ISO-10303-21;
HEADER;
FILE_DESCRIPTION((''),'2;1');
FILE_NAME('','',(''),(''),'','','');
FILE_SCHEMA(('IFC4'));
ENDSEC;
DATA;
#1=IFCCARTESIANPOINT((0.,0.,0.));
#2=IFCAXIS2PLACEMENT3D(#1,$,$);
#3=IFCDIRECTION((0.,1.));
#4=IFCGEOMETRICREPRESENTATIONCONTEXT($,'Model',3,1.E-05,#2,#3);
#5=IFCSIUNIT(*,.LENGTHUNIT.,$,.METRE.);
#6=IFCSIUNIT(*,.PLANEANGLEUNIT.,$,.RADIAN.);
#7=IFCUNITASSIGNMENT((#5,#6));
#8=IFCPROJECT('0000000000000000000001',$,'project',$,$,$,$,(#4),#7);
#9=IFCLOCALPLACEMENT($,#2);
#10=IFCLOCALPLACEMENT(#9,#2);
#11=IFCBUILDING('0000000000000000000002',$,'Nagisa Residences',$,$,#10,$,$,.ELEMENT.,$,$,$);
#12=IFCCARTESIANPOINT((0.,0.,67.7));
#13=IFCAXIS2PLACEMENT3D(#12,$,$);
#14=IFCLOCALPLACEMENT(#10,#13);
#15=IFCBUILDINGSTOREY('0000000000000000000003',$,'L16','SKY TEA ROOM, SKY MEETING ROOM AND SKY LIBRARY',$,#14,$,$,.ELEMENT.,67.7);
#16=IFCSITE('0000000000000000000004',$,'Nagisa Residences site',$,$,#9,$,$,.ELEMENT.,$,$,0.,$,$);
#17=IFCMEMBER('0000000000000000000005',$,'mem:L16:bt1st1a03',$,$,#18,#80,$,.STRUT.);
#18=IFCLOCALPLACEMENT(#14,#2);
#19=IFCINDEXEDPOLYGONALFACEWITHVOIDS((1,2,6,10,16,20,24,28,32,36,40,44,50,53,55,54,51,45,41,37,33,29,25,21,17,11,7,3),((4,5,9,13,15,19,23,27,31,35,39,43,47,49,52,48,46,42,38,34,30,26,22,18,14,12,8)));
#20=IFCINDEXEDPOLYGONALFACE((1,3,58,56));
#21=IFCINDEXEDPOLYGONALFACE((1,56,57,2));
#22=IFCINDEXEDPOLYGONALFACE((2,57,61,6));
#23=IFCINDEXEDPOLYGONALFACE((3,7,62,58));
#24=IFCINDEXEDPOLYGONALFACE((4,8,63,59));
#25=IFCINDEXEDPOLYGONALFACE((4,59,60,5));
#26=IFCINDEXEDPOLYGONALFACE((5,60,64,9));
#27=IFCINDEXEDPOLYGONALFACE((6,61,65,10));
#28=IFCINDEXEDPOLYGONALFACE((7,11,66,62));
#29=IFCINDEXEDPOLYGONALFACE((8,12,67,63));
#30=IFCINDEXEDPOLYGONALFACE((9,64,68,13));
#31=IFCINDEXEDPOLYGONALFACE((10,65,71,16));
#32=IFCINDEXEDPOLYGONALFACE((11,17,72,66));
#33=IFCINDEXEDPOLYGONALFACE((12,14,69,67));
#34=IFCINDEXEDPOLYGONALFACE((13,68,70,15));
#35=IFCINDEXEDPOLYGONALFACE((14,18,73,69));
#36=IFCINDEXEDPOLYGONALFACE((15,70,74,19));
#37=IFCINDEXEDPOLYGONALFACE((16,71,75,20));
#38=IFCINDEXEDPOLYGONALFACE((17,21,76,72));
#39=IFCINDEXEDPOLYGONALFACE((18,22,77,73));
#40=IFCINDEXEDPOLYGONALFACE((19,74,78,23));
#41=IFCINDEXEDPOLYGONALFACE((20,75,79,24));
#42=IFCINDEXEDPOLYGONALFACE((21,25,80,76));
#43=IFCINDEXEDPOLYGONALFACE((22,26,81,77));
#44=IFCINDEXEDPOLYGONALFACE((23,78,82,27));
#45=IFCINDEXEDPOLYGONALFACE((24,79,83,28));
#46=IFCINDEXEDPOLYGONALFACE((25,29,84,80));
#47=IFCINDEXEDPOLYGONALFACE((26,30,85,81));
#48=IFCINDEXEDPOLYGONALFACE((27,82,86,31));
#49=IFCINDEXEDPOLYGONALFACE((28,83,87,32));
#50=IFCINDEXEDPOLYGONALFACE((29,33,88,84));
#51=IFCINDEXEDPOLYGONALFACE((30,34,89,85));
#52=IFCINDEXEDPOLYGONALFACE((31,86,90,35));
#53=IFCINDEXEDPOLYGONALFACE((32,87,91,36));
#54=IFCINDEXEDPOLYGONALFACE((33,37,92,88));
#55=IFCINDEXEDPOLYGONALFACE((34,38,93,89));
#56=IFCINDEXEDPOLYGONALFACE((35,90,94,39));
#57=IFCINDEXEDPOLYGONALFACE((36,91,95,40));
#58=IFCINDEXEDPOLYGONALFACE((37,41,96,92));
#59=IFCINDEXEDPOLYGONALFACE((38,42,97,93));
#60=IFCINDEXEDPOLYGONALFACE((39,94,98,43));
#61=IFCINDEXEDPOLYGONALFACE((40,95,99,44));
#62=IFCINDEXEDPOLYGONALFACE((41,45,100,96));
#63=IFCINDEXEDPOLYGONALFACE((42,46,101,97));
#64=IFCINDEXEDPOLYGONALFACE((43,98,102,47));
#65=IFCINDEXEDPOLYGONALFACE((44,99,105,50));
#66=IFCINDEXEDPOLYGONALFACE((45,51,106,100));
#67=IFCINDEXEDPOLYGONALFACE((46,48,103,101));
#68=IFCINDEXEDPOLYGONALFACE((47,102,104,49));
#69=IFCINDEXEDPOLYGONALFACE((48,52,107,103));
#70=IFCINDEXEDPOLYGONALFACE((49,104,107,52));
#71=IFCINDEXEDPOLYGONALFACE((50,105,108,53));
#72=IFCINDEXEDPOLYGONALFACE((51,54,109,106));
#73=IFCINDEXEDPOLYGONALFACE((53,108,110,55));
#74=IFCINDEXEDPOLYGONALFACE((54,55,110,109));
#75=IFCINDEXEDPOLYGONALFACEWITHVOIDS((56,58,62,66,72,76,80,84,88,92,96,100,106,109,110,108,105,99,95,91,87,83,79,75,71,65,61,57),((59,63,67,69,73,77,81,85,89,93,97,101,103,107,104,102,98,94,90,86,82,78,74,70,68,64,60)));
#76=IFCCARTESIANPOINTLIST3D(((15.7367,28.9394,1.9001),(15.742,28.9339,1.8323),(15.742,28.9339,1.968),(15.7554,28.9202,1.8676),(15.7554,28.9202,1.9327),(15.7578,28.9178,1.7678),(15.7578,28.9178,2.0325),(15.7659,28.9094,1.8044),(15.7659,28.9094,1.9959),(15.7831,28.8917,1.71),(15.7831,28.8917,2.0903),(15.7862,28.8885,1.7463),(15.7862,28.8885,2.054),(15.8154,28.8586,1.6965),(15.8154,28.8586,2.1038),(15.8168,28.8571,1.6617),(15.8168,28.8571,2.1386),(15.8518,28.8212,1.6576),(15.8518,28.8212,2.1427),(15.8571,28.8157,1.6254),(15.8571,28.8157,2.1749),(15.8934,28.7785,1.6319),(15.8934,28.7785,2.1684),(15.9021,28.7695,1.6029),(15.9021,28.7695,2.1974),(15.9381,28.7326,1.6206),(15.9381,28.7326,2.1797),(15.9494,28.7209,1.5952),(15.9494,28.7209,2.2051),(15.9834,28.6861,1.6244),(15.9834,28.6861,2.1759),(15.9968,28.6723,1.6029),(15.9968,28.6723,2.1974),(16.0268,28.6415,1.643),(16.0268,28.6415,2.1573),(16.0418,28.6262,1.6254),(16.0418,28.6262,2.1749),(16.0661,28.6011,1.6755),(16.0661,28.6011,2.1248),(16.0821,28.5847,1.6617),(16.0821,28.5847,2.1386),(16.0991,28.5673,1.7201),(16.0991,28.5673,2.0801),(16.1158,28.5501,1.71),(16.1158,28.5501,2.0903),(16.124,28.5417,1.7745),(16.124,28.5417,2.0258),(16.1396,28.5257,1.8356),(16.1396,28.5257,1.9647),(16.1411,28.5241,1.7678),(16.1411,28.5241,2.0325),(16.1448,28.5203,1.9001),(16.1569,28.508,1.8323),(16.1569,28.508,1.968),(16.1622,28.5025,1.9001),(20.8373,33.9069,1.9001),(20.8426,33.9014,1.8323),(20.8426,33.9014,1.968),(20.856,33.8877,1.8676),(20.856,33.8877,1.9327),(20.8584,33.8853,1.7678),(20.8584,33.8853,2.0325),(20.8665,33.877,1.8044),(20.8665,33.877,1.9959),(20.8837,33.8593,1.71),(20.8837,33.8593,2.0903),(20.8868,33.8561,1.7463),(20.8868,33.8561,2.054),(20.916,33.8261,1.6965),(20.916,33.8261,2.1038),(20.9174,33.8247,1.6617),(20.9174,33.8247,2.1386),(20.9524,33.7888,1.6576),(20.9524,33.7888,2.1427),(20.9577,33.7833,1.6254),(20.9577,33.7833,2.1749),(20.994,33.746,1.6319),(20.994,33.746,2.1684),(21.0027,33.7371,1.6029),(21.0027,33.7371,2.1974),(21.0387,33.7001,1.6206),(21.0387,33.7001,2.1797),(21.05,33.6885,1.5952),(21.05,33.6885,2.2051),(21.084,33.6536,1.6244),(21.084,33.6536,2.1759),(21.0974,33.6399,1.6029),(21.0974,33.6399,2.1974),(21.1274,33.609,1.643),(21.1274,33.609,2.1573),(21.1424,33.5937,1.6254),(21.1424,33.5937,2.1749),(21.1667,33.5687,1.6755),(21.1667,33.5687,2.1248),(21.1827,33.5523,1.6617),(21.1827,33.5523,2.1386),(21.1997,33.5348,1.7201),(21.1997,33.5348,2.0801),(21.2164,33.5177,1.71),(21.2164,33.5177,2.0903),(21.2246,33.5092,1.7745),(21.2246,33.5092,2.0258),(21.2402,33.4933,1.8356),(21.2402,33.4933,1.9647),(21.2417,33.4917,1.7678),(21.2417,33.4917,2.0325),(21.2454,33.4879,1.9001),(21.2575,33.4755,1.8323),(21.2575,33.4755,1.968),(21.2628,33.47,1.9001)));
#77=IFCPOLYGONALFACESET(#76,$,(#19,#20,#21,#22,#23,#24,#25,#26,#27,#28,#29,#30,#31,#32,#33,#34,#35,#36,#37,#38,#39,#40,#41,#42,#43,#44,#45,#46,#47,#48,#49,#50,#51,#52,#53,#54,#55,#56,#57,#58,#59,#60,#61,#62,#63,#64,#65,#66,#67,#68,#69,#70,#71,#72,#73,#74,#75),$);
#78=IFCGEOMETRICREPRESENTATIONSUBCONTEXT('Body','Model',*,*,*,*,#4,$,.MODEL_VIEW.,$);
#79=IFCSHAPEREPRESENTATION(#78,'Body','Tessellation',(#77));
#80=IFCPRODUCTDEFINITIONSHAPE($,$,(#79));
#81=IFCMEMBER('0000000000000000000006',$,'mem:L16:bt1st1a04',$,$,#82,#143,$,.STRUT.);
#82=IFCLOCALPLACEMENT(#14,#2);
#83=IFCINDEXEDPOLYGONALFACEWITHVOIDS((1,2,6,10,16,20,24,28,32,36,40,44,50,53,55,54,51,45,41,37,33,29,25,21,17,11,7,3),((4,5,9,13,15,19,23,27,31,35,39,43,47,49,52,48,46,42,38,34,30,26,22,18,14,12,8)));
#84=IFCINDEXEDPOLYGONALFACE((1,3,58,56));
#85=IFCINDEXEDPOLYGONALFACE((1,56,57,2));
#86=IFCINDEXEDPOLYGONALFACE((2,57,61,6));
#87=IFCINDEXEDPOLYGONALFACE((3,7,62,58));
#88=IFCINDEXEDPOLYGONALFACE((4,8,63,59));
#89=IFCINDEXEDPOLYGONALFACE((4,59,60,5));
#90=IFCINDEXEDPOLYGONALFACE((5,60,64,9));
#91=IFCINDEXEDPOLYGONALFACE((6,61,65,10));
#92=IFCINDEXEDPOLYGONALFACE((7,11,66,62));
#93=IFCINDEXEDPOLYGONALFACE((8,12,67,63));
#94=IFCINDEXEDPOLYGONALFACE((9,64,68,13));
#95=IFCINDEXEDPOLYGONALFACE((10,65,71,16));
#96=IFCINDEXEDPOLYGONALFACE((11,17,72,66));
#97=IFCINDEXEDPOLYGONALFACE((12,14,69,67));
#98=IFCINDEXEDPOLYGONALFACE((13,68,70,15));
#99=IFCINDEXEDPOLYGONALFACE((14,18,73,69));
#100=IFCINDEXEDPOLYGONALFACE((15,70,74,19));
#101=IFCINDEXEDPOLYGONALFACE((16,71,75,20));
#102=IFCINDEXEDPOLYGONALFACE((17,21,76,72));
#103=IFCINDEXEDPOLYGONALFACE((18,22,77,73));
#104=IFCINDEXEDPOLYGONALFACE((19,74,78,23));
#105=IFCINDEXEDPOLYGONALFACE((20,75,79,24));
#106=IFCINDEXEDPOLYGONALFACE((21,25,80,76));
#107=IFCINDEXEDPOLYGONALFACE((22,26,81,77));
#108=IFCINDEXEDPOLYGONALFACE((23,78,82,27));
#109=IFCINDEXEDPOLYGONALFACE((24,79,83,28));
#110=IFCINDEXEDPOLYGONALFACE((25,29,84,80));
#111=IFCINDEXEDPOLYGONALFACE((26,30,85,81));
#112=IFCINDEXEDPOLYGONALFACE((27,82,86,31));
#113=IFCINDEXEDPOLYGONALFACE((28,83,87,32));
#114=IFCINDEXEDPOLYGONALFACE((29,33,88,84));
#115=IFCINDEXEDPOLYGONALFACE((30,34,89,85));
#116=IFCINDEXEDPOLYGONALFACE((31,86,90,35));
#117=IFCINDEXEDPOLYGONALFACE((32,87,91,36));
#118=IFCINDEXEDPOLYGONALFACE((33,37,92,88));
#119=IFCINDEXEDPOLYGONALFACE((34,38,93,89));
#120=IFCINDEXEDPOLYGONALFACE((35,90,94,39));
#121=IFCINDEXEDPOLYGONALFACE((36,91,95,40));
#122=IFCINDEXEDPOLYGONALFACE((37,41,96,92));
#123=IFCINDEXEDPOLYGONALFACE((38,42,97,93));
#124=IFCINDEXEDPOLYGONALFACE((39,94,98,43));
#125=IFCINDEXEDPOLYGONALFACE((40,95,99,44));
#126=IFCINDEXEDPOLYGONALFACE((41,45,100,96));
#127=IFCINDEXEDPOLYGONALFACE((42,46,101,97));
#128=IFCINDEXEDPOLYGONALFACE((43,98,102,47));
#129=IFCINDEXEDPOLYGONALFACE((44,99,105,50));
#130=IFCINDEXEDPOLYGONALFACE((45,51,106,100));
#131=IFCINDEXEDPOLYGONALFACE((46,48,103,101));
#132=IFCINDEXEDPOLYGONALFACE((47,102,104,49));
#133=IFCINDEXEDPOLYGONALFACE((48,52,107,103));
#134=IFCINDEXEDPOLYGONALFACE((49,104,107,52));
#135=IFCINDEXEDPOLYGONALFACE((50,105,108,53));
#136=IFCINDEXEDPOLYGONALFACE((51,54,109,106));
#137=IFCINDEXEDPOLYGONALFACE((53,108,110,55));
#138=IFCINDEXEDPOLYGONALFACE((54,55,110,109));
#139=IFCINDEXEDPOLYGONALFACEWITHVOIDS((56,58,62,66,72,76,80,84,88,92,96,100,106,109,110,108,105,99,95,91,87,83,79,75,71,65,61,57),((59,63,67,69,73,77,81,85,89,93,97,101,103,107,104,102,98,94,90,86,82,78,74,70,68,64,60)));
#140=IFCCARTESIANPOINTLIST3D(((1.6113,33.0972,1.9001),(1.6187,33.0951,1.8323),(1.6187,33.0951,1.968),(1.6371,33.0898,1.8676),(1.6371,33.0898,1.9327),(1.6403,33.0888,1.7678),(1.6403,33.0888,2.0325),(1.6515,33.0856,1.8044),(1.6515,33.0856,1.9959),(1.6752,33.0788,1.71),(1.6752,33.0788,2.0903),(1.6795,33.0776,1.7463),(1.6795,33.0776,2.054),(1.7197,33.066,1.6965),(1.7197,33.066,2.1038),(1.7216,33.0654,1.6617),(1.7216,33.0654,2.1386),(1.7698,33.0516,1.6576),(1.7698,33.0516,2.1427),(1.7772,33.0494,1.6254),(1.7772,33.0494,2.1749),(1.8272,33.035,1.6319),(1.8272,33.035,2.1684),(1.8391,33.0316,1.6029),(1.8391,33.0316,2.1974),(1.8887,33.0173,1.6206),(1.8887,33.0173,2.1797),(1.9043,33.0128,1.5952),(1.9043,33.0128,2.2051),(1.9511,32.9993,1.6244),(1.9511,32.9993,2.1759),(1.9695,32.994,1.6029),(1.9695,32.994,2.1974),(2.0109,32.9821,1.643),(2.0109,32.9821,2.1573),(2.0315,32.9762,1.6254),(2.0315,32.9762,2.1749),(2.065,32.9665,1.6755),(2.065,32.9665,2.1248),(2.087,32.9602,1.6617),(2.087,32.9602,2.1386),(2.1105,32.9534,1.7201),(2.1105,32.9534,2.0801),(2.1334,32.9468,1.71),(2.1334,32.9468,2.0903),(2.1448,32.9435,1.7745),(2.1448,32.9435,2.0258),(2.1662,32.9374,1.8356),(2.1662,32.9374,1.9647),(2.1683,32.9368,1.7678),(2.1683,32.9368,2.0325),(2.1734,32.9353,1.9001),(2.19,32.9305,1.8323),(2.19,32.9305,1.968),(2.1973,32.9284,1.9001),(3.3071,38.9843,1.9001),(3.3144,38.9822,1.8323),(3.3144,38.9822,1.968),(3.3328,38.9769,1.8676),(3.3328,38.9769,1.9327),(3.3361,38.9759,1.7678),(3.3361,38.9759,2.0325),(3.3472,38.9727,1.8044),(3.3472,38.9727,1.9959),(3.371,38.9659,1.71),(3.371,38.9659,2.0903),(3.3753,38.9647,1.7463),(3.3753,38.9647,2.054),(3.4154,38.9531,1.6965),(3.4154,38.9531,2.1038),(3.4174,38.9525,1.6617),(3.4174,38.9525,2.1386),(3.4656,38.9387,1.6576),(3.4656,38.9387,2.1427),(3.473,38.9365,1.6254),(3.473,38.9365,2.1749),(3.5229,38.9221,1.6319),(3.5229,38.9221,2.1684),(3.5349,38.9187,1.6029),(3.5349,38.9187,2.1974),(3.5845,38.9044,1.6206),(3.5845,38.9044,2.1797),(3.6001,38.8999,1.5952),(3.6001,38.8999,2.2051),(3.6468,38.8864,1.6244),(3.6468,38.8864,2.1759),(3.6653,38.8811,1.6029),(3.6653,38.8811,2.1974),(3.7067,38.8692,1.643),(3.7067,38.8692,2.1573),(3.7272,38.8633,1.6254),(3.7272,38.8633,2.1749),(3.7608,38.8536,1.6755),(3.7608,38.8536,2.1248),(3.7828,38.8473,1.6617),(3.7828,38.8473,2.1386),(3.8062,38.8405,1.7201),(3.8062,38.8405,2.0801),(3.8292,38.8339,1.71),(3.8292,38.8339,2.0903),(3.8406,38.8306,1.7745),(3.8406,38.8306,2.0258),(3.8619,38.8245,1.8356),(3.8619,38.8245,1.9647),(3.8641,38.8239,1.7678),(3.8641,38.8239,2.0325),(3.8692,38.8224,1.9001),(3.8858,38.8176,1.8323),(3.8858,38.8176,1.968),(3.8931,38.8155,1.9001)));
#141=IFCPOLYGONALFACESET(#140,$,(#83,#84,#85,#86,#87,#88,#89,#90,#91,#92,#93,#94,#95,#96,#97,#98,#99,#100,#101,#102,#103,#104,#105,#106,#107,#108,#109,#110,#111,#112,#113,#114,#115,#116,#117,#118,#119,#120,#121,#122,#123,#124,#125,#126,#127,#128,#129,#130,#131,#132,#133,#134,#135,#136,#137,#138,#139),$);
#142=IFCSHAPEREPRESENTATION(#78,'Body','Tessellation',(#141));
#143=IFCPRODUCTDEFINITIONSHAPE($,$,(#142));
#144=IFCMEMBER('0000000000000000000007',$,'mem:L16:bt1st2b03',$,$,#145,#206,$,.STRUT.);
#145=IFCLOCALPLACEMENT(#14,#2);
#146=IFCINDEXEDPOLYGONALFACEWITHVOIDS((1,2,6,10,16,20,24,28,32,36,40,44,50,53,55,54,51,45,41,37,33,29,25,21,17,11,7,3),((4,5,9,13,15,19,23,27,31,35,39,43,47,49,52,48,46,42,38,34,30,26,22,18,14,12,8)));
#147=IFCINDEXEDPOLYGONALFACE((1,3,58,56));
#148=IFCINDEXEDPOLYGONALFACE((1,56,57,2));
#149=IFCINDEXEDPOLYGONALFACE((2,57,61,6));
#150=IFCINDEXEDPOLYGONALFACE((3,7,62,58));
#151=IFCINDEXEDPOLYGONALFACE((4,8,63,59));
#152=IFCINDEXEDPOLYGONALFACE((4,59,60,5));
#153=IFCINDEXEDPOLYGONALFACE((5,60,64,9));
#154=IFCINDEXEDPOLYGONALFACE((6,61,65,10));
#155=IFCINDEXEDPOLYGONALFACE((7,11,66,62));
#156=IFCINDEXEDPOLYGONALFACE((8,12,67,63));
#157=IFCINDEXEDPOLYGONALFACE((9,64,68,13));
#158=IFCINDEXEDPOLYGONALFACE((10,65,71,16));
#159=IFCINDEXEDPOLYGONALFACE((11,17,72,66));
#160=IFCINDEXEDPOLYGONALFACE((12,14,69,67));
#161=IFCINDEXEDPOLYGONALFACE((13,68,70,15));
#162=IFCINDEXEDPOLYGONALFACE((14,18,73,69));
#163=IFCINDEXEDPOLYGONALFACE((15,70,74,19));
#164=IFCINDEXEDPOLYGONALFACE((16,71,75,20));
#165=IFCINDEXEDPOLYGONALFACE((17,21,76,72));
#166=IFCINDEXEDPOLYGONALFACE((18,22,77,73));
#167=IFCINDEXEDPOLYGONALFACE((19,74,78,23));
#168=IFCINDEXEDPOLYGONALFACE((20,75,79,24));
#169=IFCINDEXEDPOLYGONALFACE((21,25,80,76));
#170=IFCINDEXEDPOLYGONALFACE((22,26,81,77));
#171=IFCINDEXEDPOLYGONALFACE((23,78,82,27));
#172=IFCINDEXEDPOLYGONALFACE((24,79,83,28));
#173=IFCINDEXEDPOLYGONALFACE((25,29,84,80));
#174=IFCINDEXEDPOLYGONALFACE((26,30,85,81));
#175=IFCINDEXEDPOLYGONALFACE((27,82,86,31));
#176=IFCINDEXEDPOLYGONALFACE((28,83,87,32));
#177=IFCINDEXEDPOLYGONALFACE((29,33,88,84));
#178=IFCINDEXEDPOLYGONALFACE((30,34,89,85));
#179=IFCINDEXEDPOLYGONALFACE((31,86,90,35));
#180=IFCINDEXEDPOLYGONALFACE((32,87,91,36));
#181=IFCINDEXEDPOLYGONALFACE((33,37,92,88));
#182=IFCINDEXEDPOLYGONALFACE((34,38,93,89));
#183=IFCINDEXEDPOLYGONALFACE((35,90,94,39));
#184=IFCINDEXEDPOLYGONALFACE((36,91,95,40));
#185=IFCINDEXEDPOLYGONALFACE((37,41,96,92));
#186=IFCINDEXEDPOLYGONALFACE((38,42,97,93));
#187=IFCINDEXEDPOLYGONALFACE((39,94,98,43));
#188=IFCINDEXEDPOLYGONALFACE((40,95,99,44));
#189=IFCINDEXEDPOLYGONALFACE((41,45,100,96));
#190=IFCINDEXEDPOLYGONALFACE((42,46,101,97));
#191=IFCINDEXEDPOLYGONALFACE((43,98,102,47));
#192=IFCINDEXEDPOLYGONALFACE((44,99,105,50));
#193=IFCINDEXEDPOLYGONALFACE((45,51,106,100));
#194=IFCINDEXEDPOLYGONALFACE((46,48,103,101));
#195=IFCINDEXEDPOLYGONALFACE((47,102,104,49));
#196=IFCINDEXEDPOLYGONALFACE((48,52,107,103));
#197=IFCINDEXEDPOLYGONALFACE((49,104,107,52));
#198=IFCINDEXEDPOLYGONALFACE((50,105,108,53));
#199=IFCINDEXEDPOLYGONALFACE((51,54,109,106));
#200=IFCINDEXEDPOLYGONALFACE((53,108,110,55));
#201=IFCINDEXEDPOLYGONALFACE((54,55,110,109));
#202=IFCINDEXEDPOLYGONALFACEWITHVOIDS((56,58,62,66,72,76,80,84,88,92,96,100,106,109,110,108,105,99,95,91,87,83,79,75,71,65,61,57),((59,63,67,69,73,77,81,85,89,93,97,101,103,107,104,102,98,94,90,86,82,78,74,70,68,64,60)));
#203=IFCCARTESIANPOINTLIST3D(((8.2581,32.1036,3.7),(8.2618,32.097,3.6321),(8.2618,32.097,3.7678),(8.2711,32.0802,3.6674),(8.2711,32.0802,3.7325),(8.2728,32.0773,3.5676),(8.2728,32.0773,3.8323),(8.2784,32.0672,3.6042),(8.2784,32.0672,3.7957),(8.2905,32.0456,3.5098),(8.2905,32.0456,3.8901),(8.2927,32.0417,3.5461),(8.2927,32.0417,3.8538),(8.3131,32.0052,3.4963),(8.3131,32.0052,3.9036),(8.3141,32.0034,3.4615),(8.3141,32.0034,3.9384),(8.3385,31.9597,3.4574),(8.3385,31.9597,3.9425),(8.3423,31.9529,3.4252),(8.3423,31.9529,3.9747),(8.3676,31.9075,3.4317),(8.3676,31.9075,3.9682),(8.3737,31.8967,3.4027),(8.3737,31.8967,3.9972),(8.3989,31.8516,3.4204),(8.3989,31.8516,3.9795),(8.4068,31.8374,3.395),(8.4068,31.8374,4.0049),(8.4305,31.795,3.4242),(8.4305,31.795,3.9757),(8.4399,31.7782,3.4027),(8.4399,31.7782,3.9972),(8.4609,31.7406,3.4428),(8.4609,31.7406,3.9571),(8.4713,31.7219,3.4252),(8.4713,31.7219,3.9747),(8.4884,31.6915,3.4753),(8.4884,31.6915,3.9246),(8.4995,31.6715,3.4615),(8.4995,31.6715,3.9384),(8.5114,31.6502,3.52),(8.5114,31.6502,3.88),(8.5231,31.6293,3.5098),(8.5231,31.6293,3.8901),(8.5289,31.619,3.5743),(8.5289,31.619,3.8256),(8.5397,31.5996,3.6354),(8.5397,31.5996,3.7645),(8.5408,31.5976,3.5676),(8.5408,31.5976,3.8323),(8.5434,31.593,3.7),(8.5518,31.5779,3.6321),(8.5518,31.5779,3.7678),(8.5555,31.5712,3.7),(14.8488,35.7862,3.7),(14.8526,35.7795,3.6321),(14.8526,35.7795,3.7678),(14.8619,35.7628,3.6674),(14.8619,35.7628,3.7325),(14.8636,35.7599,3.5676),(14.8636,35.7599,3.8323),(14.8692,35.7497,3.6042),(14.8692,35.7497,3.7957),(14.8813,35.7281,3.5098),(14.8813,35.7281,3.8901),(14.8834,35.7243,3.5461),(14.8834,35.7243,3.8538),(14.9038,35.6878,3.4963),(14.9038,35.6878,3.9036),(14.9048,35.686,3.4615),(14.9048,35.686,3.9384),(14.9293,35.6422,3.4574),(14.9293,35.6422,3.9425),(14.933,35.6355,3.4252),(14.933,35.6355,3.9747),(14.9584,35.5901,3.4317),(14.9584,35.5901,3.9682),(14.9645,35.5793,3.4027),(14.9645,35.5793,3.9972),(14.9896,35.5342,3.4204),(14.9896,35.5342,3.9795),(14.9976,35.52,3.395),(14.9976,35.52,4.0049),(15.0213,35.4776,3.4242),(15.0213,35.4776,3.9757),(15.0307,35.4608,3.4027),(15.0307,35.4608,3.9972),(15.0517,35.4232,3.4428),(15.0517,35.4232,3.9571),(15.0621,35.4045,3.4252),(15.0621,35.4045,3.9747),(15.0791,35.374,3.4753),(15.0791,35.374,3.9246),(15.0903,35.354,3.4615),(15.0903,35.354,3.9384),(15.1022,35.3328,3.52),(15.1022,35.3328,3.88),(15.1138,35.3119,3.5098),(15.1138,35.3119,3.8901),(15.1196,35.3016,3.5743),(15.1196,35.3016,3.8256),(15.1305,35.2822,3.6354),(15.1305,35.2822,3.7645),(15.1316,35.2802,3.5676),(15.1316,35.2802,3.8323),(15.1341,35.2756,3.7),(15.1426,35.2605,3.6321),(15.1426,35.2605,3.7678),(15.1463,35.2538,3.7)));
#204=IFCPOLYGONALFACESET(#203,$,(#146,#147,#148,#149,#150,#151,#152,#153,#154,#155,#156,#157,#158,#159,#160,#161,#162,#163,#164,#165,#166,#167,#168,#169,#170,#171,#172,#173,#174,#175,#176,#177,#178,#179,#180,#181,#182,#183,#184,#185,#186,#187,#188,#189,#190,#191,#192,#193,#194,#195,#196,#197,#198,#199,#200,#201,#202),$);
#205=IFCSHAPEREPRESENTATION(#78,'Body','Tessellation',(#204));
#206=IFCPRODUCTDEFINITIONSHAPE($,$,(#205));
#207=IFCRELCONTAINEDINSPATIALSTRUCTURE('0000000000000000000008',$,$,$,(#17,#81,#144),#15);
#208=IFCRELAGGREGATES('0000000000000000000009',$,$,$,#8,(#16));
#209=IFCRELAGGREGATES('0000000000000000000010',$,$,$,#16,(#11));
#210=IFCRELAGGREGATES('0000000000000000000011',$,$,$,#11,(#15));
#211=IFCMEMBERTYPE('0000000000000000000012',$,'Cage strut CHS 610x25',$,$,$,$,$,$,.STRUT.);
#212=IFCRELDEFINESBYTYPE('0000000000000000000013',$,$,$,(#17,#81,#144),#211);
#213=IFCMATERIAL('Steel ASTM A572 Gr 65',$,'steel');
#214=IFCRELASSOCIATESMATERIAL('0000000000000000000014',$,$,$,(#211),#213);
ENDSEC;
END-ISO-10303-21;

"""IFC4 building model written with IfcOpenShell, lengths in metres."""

from ifc_helpers import new_model, si_unit, direction, frame, origin, origin_2d, place, context, subcontext, project, spatial, hollow_circle, extrude, material, material_profile, profile_set, type_object, element, save


model = new_model("IFC4")

# Units and contexts
model_context = context("Model", 3, precision=1e-05, world=origin(), true_north=direction((0.0, 1.0)))
body_context = subcontext(model_context, "Body", "Model", "MODEL_VIEW")
ifc_project = project(units=[si_unit("LENGTHUNIT", "METRE"), si_unit("PLANEANGLEUNIT", "RADIAN")], contexts=[model_context])

# Site, building, storey
site_placement = place(None, origin())
site = spatial("IfcSite", under=ifc_project, at=site_placement, Name="Nagisa Residences site", CompositionType="ELEMENT", RefElevation=0.0)
building_placement = place(site_placement, origin())
building = spatial("IfcBuilding", under=site, at=building_placement, Name="Nagisa Residences", CompositionType="ELEMENT")
storey_placement = place(building_placement, frame((0.0, 0.0, 67.7)))
storey = spatial("IfcBuildingStorey", under=building, at=storey_placement, Name="L16", Description="SKY TEA ROOM, SKY MEETING ROOM AND SKY LIBRARY", CompositionType="ELEMENT", Elevation=67.7)

# Members
ifc_material_1 = material(Name="Steel ASTM A572 Gr 65", Category="steel")
ifc_material_profile_1 = material_profile(ifc_material_1, hollow_circle(Radius=0.3049, WallThickness=0.0249, at=origin_2d()), Name="CHS 610x25")
ifc_profile_set_1 = profile_set([ifc_material_profile_1], Name="Steel ASTM A572 Gr 65")
member_type_1 = type_object("IfcMemberType", Name="Cage strut CHS 610x25", PredefinedType="STRUT", material=ifc_profile_set_1)
member_1_placement = place(storey_placement, frame((21.05, 33.6885, 1.9001), z_axis=(-0.716389, -0.697701, 0.0), x_axis=(0.697701, -0.716389, 0.0)))
element("IfcMember", 1, at=member_1_placement, inside=storey, type_object=member_type_1, Name="mem:L16:bt1st1a03", PredefinedType="STRUT", context=body_context, shape_type="SweptSolid", body=[
    extrude(hollow_circle(Radius=0.3049, WallThickness=0.0249, at=origin_2d()), origin(), (0.0, 0.0, 1.0), 7.1199),
])
member_2_placement = place(storey_placement, frame((3.6001, 38.8999, 1.9001), z_axis=(-0.276794, -0.960929, 0.0), x_axis=(0.960929, -0.276794, 0.0)))
element("IfcMember", 2, at=member_2_placement, inside=storey, type_object=member_type_1, Name="mem:L16:bt1st1a04", PredefinedType="STRUT", context=body_context, shape_type="SweptSolid", body=[
    extrude(hollow_circle(Radius=0.3049, WallThickness=0.0249, at=origin_2d()), origin(), (0.0, 0.0, 1.0), 6.1265),
])
member_3_placement = place(storey_placement, frame((14.9976, 35.52, 3.7), z_axis=(-0.872971, -0.487772, 0.0), x_axis=(0.487772, -0.872971, 0.0)))
element("IfcMember", 3, at=member_3_placement, inside=storey, type_object=member_type_1, Name="mem:L16:bt1st2b03", PredefinedType="STRUT", context=body_context, shape_type="SweptSolid", body=[
    extrude(hollow_circle(Radius=0.3049, WallThickness=0.0249, at=origin_2d()), origin(), (0.0, 0.0, 1.0), 7.5498),
])

save(model, "model.ifc")
